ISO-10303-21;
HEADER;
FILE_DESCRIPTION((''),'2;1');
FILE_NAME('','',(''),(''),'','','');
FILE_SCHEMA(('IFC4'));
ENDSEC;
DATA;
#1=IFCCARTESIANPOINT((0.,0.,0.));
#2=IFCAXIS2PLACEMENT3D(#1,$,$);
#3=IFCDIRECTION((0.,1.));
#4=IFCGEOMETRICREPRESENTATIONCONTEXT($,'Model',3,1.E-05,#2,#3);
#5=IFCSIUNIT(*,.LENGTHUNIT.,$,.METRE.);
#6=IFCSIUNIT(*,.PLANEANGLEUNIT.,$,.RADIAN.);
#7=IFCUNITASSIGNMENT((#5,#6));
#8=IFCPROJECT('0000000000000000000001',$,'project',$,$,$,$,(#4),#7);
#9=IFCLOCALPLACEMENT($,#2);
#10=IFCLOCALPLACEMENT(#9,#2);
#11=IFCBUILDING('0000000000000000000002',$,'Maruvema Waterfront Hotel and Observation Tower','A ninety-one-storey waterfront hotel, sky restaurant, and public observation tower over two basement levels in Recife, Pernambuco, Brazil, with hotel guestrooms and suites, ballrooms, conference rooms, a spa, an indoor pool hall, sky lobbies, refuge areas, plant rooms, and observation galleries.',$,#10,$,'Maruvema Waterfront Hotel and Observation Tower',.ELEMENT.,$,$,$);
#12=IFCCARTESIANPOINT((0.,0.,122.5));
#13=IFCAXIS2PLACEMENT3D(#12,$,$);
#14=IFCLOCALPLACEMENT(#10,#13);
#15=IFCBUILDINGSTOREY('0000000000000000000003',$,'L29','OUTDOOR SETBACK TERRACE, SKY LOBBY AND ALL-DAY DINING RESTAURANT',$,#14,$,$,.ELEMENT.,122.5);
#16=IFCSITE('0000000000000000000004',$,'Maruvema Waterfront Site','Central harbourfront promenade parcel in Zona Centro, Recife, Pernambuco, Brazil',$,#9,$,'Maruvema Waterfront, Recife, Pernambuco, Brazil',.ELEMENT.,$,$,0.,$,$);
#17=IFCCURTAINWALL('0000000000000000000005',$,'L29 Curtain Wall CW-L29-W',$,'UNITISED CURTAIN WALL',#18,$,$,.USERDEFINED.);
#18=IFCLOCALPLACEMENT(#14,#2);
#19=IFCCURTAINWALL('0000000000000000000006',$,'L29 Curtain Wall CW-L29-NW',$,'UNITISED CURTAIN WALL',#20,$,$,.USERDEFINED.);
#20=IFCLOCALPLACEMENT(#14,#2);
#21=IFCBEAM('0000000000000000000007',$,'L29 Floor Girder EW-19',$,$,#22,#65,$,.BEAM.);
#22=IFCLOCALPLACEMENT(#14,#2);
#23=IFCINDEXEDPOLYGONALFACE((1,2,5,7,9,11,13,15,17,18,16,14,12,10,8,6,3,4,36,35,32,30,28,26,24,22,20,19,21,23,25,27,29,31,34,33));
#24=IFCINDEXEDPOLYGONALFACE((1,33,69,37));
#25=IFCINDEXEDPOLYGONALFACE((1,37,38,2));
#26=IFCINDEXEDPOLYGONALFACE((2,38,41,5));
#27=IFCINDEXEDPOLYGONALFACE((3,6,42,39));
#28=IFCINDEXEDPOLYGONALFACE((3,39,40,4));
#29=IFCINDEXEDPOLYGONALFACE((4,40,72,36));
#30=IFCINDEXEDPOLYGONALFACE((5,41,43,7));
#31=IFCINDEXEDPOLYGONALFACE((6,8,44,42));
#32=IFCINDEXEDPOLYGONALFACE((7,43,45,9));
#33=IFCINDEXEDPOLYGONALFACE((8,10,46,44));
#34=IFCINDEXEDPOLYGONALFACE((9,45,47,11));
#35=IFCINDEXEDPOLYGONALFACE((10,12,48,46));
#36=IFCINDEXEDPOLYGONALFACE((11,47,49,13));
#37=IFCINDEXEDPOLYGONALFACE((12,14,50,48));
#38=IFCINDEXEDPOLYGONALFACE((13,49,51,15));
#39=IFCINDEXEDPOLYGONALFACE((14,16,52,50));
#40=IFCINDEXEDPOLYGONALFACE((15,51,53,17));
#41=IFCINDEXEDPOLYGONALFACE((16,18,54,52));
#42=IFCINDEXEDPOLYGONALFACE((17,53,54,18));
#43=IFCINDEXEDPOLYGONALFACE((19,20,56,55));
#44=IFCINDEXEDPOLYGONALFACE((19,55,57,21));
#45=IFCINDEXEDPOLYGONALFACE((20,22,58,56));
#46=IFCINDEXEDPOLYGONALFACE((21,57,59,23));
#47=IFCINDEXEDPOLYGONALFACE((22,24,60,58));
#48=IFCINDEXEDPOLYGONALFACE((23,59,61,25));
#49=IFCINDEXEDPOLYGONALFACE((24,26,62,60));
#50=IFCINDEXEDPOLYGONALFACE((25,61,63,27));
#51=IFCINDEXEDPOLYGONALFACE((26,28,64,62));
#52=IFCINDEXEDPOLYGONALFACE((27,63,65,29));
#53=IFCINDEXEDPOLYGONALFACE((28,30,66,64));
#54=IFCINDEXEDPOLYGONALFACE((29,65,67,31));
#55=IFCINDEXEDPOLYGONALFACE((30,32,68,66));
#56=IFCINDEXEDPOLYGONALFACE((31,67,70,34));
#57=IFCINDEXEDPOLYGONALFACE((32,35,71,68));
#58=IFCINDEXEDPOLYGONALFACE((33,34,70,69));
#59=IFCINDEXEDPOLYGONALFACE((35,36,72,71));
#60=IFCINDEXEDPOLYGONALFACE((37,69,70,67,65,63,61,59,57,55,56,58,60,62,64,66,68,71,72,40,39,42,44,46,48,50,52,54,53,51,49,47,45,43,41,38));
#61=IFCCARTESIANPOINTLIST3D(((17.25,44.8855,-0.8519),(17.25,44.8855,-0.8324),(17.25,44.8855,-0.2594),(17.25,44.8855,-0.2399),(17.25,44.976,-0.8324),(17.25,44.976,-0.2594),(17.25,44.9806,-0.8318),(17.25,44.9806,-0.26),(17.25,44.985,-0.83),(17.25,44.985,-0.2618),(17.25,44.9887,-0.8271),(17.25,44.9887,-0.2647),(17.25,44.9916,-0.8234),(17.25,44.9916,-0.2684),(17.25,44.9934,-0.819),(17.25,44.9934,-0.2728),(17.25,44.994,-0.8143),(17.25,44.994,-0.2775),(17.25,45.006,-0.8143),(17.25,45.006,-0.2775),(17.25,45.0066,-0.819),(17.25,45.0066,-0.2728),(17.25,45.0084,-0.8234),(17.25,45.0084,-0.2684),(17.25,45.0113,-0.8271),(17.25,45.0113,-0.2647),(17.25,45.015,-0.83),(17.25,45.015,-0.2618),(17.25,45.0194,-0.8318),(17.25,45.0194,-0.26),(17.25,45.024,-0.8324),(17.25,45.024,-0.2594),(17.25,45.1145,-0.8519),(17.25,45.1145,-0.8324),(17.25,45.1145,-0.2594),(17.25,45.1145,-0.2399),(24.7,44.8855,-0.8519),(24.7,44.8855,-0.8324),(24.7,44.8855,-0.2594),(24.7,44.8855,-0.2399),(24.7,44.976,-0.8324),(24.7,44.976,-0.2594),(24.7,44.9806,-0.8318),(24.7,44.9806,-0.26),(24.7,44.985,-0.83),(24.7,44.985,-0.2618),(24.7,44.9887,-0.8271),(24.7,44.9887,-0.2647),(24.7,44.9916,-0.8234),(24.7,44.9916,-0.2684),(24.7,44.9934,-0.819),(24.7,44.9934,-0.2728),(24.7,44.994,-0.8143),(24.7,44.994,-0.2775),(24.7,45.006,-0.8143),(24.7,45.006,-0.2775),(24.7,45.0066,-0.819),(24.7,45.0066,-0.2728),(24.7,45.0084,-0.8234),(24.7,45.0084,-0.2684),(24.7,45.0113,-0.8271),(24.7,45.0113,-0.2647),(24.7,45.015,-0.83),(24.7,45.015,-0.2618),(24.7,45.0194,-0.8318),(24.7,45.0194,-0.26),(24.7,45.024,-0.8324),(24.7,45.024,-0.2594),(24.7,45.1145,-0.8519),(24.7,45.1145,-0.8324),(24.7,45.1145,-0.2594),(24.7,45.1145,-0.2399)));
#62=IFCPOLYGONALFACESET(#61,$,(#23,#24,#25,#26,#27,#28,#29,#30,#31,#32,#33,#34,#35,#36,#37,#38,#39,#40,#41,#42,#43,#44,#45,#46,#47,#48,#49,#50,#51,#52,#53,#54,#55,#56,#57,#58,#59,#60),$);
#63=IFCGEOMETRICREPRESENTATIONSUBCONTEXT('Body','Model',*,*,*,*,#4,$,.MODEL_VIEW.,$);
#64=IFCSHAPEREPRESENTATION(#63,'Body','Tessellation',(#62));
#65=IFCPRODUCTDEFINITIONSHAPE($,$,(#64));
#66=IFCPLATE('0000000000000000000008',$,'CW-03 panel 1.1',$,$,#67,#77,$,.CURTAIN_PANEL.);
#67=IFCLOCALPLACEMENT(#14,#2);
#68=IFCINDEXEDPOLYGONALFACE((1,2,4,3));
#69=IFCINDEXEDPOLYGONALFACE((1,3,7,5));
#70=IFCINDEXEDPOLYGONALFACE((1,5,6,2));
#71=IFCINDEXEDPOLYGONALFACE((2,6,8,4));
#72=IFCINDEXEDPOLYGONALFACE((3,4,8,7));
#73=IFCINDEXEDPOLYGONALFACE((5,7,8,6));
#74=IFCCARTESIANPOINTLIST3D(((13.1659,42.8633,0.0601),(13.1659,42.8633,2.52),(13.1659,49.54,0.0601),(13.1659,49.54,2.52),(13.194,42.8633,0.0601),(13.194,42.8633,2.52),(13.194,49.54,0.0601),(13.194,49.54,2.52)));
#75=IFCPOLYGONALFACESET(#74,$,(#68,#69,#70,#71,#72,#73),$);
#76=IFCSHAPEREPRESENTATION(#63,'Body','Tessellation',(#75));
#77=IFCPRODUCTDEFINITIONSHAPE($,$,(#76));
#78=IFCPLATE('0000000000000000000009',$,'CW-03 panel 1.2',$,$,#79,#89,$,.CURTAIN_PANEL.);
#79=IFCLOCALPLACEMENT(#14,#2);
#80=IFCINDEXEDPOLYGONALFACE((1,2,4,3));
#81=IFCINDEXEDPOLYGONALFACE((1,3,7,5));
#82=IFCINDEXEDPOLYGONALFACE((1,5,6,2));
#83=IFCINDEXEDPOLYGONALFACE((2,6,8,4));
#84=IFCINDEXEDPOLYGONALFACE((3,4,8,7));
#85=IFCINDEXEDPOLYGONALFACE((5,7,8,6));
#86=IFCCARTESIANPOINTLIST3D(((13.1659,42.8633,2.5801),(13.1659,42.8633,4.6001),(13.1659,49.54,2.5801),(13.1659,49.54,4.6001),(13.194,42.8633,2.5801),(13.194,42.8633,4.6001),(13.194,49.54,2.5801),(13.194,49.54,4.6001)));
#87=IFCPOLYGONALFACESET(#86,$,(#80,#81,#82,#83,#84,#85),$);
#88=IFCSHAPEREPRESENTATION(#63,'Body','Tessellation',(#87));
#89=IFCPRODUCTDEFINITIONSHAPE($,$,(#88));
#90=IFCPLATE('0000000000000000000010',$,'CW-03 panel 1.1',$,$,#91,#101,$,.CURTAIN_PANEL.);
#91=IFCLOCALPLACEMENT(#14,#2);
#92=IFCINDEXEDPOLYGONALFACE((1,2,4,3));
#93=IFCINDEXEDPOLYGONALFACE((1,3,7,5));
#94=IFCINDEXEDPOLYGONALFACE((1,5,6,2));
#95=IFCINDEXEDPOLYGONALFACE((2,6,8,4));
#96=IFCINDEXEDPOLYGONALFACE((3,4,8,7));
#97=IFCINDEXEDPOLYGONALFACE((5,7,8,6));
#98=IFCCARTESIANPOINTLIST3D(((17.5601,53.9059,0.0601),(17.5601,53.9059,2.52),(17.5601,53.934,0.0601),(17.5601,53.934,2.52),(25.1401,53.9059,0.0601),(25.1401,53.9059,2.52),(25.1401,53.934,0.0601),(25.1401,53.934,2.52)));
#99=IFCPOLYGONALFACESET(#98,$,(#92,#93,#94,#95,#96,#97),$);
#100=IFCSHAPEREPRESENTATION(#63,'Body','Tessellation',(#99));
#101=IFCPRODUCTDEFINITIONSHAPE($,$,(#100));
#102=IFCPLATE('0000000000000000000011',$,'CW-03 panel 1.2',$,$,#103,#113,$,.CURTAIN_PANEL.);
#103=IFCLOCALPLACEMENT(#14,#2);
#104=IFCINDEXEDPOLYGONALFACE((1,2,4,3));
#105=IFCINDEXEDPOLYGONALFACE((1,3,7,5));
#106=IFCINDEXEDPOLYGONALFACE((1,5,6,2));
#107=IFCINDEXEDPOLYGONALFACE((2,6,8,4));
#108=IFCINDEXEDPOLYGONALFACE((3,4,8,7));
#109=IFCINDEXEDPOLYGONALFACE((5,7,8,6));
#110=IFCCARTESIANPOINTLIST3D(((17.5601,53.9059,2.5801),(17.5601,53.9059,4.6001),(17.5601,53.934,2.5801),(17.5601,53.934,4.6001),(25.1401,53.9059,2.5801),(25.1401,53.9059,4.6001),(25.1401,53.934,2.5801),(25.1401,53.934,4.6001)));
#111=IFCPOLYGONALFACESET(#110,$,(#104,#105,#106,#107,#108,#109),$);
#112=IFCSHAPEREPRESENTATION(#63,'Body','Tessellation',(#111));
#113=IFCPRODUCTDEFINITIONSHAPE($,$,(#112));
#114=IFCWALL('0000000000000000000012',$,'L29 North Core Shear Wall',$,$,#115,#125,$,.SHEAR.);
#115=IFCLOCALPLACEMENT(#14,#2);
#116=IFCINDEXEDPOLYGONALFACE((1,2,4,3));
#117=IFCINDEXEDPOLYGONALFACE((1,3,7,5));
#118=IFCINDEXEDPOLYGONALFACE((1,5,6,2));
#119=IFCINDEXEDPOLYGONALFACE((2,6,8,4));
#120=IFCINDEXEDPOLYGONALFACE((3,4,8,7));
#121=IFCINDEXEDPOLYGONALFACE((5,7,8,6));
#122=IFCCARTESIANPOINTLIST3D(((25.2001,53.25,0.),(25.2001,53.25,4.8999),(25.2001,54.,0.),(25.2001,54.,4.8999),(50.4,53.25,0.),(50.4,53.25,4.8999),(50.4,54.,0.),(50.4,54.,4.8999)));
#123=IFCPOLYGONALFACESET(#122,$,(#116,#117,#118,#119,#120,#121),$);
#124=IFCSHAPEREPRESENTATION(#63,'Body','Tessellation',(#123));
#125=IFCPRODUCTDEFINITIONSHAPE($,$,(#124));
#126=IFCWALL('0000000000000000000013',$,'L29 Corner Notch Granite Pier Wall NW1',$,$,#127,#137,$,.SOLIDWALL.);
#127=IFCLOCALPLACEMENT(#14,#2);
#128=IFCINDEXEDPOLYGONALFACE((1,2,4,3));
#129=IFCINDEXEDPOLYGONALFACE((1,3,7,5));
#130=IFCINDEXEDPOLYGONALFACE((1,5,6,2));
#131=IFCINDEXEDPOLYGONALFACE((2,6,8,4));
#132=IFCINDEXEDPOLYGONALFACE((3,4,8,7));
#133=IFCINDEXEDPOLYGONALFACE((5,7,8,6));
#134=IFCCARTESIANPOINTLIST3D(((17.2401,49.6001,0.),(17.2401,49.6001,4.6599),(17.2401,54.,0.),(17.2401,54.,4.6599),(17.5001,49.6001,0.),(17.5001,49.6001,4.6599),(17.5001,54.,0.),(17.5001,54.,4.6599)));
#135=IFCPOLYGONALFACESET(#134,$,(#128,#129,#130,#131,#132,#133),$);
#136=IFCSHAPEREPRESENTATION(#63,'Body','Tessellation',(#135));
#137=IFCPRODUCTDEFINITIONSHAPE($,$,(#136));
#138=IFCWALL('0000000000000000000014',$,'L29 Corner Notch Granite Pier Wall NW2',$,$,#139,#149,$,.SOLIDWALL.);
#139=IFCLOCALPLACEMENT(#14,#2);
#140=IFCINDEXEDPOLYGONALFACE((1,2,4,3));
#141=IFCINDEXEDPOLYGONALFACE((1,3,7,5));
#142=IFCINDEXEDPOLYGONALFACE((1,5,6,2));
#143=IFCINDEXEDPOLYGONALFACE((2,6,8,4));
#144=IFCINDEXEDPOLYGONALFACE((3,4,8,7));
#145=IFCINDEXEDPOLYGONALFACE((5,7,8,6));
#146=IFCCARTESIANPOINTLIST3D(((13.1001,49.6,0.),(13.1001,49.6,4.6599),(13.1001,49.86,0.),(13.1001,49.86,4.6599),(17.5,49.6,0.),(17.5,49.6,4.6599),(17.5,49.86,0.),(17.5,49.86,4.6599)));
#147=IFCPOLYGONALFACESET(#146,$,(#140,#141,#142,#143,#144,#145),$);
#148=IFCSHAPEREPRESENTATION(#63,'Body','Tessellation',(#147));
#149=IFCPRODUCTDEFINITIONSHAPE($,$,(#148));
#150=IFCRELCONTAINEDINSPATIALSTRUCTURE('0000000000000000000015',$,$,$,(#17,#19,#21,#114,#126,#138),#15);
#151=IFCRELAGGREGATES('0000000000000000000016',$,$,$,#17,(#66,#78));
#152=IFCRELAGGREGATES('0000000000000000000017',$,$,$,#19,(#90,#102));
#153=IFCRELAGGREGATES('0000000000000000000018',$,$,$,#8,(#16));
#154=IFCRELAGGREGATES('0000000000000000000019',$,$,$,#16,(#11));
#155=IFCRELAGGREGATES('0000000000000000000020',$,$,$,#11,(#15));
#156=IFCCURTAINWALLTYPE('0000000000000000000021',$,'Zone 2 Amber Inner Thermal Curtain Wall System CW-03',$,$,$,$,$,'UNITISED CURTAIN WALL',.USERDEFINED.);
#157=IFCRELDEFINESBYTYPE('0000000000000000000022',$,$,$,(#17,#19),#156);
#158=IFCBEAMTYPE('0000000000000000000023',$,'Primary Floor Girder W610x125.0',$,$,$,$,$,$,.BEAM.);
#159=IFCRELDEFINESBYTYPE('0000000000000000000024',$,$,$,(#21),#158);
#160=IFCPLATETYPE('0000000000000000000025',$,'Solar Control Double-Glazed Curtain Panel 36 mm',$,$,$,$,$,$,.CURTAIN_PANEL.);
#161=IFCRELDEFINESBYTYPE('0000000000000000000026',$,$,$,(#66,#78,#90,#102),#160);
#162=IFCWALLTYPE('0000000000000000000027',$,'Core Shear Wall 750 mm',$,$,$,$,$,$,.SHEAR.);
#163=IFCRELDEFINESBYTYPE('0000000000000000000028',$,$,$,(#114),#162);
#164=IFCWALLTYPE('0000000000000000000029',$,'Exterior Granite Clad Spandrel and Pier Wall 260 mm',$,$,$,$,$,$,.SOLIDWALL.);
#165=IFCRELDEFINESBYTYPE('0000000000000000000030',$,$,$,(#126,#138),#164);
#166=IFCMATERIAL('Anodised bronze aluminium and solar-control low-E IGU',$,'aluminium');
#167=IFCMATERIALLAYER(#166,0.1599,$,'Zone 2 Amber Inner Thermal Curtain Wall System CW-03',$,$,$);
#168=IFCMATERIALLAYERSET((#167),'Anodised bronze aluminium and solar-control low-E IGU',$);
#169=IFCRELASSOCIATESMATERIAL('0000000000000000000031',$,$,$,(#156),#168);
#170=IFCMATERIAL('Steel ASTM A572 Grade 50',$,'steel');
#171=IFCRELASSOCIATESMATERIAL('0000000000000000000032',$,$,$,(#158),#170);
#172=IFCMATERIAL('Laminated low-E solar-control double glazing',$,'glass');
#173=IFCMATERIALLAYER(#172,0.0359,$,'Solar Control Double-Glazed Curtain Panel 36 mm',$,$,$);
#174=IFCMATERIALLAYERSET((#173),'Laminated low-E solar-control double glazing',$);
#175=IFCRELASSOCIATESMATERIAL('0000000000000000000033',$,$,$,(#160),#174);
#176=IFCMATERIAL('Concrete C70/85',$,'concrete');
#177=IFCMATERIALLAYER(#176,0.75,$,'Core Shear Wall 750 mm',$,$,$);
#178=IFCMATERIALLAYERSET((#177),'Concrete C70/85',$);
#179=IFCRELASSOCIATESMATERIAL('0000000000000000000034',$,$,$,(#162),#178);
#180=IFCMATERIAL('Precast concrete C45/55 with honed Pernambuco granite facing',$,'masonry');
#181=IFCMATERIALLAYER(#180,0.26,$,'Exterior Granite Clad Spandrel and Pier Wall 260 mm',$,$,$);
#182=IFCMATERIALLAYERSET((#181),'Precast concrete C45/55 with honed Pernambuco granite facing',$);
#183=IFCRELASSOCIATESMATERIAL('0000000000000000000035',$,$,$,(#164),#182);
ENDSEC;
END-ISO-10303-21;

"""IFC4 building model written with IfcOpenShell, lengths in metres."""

from ifc_helpers import new_model, si_unit, direction, frame, frame_2d, origin, origin_2d, place, context, subcontext, project, spatial, rectangle, i_section, extrude, material, layer, layer_set, material_profile, profile_set, type_object, element, aggregate, save


model = new_model("IFC4")

# Units and contexts
model_context = context("Model", 3, precision=1e-05, world=origin(), true_north=direction((0.0, 1.0)))
body_context = subcontext(model_context, "Body", "Model", "MODEL_VIEW")
ifc_project = project(units=[si_unit("LENGTHUNIT", "METRE"), si_unit("PLANEANGLEUNIT", "RADIAN")], contexts=[model_context])

# Site, building, storey
site_placement = place(None, origin())
site = spatial("IfcSite", under=ifc_project, at=site_placement, Name="Maruvema Waterfront Site", Description="Central harbourfront promenade parcel in Zona Centro, Recife, Pernambuco, Brazil", LongName="Maruvema Waterfront, Recife, Pernambuco, Brazil", CompositionType="ELEMENT", RefElevation=0.0)
building_placement = place(site_placement, origin())
building = spatial("IfcBuilding", under=site, at=building_placement, Name="Maruvema Waterfront Hotel and Observation Tower", Description="A ninety-one-storey waterfront hotel, sky restaurant, and public observation tower over two basement levels in Recife, Pernambuco, Brazil, with hotel guestrooms and suites, ballrooms, conference rooms, a spa, an indoor pool hall, sky lobbies, refuge areas, plant rooms, and observation galleries.", LongName="Maruvema Waterfront Hotel and Observation Tower", CompositionType="ELEMENT")
storey_placement = place(building_placement, frame((0.0, 0.0, 122.5)))
storey = spatial("IfcBuildingStorey", under=building, at=storey_placement, Name="L29", Description="OUTDOOR SETBACK TERRACE, SKY LOBBY AND ALL-DAY DINING RESTAURANT", CompositionType="ELEMENT", Elevation=122.5)

# Curtain walls
ifc_material_1 = material(Name="Anodised bronze aluminium and solar-control low-E IGU", Category="aluminium")
ifc_layer_1 = layer(ifc_material_1, 0.1599, Name="Zone 2 Amber Inner Thermal Curtain Wall System CW-03")
ifc_layer_set_1 = layer_set([ifc_layer_1], Name="Anodised bronze aluminium and solar-control low-E IGU")
curtain_wall_type = type_object("IfcCurtainWallType", Name="Zone 2 Amber Inner Thermal Curtain Wall System CW-03", ElementType="UNITISED CURTAIN WALL", PredefinedType="USERDEFINED", material=ifc_layer_set_1)
curtain_wall_1_placement = place(storey_placement, origin())
curtain_wall_1 = element("IfcCurtainWall", 1, at=curtain_wall_1_placement, inside=storey, type_object=curtain_wall_type, Name="L29 Curtain Wall CW-L29-W", ObjectType="UNITISED CURTAIN WALL", PredefinedType="USERDEFINED")
curtain_wall_2_placement = place(storey_placement, origin())
curtain_wall_2 = element("IfcCurtainWall", 2, at=curtain_wall_2_placement, inside=storey, type_object=curtain_wall_type, Name="L29 Curtain Wall CW-L29-NW", ObjectType="UNITISED CURTAIN WALL", PredefinedType="USERDEFINED")

# Beam
ifc_material_2 = material(Name="Steel ASTM A572 Grade 50", Category="steel")
ifc_material_profile_1 = material_profile(ifc_material_2, i_section(OverallWidth=0.229, OverallDepth=0.6121, WebThickness=0.012, FlangeThickness=0.0195, FilletRadius=0.0181, at=origin_2d()), Name="W610x125.0")
ifc_profile_set_1 = profile_set([ifc_material_profile_1], Name="Steel ASTM A572 Grade 50")
beam_type = type_object("IfcBeamType", Name="Primary Floor Girder W610x125.0", PredefinedType="BEAM", material=ifc_profile_set_1)
beam_placement = place(storey_placement, frame((17.25, 45.0, -0.5459), z_axis=(1.0, 0.0, 0.0), x_axis=(0.0, 1.0, 0.0)))
element("IfcBeam", 3, at=beam_placement, inside=storey, type_object=beam_type, Name="L29 Floor Girder EW-19", PredefinedType="BEAM", context=body_context, shape_type="SweptSolid", body=[
    extrude(i_section(OverallWidth=0.229, OverallDepth=0.6121, WebThickness=0.012, FlangeThickness=0.0195, FilletRadius=0.0181, at=origin_2d()), origin(), (0.0, 0.0, 1.0), 7.45),
])

# Plates
ifc_material_3 = material(Name="Laminated low-E solar-control double glazing", Category="glass")
ifc_layer_2 = layer(ifc_material_3, 0.0359, Name="Solar Control Double-Glazed Curtain Panel 36 mm")
ifc_layer_set_2 = layer_set([ifc_layer_2], Name="Laminated low-E solar-control double glazing")
plate_type = type_object("IfcPlateType", Name="Solar Control Double-Glazed Curtain Panel 36 mm", PredefinedType="CURTAIN_PANEL", material=ifc_layer_set_2)
plate_1_placement = place(storey_placement, frame((13.1799, 46.2017, 0.0601), z_axis=(0.0, 0.0, 1.0), x_axis=(0.0, -1.0, 0.0)))
plate_1 = element("IfcPlate", 4, at=plate_1_placement, type_object=plate_type, Name="CW-03 panel 1.1", PredefinedType="CURTAIN_PANEL", context=body_context, shape_type="SweptSolid", body=[
    extrude(rectangle(XDim=6.6768, YDim=0.0281, at=origin_2d()), origin(), (0.0, 0.0, 1.0), 2.46),
])
plate_2_placement = place(storey_placement, frame((13.1799, 46.2017, 2.5801), z_axis=(0.0, 0.0, 1.0), x_axis=(0.0, -1.0, 0.0)))
plate_2 = element("IfcPlate", 5, at=plate_2_placement, type_object=plate_type, Name="CW-03 panel 1.2", PredefinedType="CURTAIN_PANEL", context=body_context, shape_type="SweptSolid", body=[
    extrude(rectangle(XDim=6.6768, YDim=0.0281, at=origin_2d()), origin(), (0.0, 0.0, 1.0), 2.02),
])
aggregate(curtain_wall_1, [plate_1, plate_2])
plate_3_placement = place(storey_placement, frame((21.3501, 53.9199, 0.0601), z_axis=(0.0, 0.0, 1.0), x_axis=(-1.0, 0.0, 0.0)))
plate_3 = element("IfcPlate", 6, at=plate_3_placement, type_object=plate_type, Name="CW-03 panel 1.1", PredefinedType="CURTAIN_PANEL", context=body_context, shape_type="SweptSolid", body=[
    extrude(rectangle(XDim=7.5801, YDim=0.0281, at=origin_2d()), origin(), (0.0, 0.0, 1.0), 2.46),
])
plate_4_placement = place(storey_placement, frame((21.3501, 53.9199, 2.5801), z_axis=(0.0, 0.0, 1.0), x_axis=(-1.0, 0.0, 0.0)))
plate_4 = element("IfcPlate", 7, at=plate_4_placement, type_object=plate_type, Name="CW-03 panel 1.2", PredefinedType="CURTAIN_PANEL", context=body_context, shape_type="SweptSolid", body=[
    extrude(rectangle(XDim=7.5801, YDim=0.0281, at=origin_2d()), origin(), (0.0, 0.0, 1.0), 2.02),
])
aggregate(curtain_wall_2, [plate_3, plate_4])

# Walls
ifc_material_4 = material(Name="Concrete C70/85", Category="concrete")
ifc_layer_3 = layer(ifc_material_4, 0.75, Name="Core Shear Wall 750 mm")
ifc_layer_set_3 = layer_set([ifc_layer_3], Name="Concrete C70/85")
wall_type_1 = type_object("IfcWallType", Name="Core Shear Wall 750 mm", PredefinedType="SHEAR", material=ifc_layer_set_3)
wall_placement = place(storey_placement, frame((25.2, 53.625, 0.0), z_axis=(0.0, 0.0, 1.0), x_axis=(1.0, 0.0, 0.0)))
element("IfcWall", 8, at=wall_placement, inside=storey, type_object=wall_type_1, Name="L29 North Core Shear Wall", PredefinedType="SHEAR", context=body_context, shape_type="SweptSolid", body=[
    extrude(rectangle(XDim=25.2, YDim=0.75, at=frame_2d((12.6001, 0.0))), origin(), (0.0, 0.0, 1.0), 4.8999),
])
ifc_material_5 = material(Name="Precast concrete C45/55 with honed Pernambuco granite facing", Category="masonry")
ifc_layer_4 = layer(ifc_material_5, 0.26, Name="Exterior Granite Clad Spandrel and Pier Wall 260 mm")
ifc_layer_set_4 = layer_set([ifc_layer_4], Name="Precast concrete C45/55 with honed Pernambuco granite facing")
wall_type_2 = type_object("IfcWallType", Name="Exterior Granite Clad Spandrel and Pier Wall 260 mm", PredefinedType="SOLIDWALL", material=ifc_layer_set_4)
for number, where, z_axis, x_axis, name in (
    (9, (17.3701, 49.6001, 0.0), (0.0, 0.0, 1.0), (0.0, 1.0, 0.0), "L29 Corner Notch Granite Pier Wall NW1"),
    (10, (13.1001, 49.73, 0.0), (0.0, 0.0, 1.0), (1.0, 0.0, 0.0), "L29 Corner Notch Granite Pier Wall NW2"),
):
    element("IfcWall", number, at=place(storey_placement, frame(where, z_axis=z_axis, x_axis=x_axis)), inside=storey, type_object=wall_type_2, Name=name, PredefinedType="SOLIDWALL", context=body_context, shape_type="SweptSolid", body=[
        extrude(rectangle(XDim=4.3999, YDim=0.26, at=frame_2d((2.2, 0.0))), origin(), (0.0, 0.0, 1.0), 4.6599),
    ])

save(model, "model.ifc")
